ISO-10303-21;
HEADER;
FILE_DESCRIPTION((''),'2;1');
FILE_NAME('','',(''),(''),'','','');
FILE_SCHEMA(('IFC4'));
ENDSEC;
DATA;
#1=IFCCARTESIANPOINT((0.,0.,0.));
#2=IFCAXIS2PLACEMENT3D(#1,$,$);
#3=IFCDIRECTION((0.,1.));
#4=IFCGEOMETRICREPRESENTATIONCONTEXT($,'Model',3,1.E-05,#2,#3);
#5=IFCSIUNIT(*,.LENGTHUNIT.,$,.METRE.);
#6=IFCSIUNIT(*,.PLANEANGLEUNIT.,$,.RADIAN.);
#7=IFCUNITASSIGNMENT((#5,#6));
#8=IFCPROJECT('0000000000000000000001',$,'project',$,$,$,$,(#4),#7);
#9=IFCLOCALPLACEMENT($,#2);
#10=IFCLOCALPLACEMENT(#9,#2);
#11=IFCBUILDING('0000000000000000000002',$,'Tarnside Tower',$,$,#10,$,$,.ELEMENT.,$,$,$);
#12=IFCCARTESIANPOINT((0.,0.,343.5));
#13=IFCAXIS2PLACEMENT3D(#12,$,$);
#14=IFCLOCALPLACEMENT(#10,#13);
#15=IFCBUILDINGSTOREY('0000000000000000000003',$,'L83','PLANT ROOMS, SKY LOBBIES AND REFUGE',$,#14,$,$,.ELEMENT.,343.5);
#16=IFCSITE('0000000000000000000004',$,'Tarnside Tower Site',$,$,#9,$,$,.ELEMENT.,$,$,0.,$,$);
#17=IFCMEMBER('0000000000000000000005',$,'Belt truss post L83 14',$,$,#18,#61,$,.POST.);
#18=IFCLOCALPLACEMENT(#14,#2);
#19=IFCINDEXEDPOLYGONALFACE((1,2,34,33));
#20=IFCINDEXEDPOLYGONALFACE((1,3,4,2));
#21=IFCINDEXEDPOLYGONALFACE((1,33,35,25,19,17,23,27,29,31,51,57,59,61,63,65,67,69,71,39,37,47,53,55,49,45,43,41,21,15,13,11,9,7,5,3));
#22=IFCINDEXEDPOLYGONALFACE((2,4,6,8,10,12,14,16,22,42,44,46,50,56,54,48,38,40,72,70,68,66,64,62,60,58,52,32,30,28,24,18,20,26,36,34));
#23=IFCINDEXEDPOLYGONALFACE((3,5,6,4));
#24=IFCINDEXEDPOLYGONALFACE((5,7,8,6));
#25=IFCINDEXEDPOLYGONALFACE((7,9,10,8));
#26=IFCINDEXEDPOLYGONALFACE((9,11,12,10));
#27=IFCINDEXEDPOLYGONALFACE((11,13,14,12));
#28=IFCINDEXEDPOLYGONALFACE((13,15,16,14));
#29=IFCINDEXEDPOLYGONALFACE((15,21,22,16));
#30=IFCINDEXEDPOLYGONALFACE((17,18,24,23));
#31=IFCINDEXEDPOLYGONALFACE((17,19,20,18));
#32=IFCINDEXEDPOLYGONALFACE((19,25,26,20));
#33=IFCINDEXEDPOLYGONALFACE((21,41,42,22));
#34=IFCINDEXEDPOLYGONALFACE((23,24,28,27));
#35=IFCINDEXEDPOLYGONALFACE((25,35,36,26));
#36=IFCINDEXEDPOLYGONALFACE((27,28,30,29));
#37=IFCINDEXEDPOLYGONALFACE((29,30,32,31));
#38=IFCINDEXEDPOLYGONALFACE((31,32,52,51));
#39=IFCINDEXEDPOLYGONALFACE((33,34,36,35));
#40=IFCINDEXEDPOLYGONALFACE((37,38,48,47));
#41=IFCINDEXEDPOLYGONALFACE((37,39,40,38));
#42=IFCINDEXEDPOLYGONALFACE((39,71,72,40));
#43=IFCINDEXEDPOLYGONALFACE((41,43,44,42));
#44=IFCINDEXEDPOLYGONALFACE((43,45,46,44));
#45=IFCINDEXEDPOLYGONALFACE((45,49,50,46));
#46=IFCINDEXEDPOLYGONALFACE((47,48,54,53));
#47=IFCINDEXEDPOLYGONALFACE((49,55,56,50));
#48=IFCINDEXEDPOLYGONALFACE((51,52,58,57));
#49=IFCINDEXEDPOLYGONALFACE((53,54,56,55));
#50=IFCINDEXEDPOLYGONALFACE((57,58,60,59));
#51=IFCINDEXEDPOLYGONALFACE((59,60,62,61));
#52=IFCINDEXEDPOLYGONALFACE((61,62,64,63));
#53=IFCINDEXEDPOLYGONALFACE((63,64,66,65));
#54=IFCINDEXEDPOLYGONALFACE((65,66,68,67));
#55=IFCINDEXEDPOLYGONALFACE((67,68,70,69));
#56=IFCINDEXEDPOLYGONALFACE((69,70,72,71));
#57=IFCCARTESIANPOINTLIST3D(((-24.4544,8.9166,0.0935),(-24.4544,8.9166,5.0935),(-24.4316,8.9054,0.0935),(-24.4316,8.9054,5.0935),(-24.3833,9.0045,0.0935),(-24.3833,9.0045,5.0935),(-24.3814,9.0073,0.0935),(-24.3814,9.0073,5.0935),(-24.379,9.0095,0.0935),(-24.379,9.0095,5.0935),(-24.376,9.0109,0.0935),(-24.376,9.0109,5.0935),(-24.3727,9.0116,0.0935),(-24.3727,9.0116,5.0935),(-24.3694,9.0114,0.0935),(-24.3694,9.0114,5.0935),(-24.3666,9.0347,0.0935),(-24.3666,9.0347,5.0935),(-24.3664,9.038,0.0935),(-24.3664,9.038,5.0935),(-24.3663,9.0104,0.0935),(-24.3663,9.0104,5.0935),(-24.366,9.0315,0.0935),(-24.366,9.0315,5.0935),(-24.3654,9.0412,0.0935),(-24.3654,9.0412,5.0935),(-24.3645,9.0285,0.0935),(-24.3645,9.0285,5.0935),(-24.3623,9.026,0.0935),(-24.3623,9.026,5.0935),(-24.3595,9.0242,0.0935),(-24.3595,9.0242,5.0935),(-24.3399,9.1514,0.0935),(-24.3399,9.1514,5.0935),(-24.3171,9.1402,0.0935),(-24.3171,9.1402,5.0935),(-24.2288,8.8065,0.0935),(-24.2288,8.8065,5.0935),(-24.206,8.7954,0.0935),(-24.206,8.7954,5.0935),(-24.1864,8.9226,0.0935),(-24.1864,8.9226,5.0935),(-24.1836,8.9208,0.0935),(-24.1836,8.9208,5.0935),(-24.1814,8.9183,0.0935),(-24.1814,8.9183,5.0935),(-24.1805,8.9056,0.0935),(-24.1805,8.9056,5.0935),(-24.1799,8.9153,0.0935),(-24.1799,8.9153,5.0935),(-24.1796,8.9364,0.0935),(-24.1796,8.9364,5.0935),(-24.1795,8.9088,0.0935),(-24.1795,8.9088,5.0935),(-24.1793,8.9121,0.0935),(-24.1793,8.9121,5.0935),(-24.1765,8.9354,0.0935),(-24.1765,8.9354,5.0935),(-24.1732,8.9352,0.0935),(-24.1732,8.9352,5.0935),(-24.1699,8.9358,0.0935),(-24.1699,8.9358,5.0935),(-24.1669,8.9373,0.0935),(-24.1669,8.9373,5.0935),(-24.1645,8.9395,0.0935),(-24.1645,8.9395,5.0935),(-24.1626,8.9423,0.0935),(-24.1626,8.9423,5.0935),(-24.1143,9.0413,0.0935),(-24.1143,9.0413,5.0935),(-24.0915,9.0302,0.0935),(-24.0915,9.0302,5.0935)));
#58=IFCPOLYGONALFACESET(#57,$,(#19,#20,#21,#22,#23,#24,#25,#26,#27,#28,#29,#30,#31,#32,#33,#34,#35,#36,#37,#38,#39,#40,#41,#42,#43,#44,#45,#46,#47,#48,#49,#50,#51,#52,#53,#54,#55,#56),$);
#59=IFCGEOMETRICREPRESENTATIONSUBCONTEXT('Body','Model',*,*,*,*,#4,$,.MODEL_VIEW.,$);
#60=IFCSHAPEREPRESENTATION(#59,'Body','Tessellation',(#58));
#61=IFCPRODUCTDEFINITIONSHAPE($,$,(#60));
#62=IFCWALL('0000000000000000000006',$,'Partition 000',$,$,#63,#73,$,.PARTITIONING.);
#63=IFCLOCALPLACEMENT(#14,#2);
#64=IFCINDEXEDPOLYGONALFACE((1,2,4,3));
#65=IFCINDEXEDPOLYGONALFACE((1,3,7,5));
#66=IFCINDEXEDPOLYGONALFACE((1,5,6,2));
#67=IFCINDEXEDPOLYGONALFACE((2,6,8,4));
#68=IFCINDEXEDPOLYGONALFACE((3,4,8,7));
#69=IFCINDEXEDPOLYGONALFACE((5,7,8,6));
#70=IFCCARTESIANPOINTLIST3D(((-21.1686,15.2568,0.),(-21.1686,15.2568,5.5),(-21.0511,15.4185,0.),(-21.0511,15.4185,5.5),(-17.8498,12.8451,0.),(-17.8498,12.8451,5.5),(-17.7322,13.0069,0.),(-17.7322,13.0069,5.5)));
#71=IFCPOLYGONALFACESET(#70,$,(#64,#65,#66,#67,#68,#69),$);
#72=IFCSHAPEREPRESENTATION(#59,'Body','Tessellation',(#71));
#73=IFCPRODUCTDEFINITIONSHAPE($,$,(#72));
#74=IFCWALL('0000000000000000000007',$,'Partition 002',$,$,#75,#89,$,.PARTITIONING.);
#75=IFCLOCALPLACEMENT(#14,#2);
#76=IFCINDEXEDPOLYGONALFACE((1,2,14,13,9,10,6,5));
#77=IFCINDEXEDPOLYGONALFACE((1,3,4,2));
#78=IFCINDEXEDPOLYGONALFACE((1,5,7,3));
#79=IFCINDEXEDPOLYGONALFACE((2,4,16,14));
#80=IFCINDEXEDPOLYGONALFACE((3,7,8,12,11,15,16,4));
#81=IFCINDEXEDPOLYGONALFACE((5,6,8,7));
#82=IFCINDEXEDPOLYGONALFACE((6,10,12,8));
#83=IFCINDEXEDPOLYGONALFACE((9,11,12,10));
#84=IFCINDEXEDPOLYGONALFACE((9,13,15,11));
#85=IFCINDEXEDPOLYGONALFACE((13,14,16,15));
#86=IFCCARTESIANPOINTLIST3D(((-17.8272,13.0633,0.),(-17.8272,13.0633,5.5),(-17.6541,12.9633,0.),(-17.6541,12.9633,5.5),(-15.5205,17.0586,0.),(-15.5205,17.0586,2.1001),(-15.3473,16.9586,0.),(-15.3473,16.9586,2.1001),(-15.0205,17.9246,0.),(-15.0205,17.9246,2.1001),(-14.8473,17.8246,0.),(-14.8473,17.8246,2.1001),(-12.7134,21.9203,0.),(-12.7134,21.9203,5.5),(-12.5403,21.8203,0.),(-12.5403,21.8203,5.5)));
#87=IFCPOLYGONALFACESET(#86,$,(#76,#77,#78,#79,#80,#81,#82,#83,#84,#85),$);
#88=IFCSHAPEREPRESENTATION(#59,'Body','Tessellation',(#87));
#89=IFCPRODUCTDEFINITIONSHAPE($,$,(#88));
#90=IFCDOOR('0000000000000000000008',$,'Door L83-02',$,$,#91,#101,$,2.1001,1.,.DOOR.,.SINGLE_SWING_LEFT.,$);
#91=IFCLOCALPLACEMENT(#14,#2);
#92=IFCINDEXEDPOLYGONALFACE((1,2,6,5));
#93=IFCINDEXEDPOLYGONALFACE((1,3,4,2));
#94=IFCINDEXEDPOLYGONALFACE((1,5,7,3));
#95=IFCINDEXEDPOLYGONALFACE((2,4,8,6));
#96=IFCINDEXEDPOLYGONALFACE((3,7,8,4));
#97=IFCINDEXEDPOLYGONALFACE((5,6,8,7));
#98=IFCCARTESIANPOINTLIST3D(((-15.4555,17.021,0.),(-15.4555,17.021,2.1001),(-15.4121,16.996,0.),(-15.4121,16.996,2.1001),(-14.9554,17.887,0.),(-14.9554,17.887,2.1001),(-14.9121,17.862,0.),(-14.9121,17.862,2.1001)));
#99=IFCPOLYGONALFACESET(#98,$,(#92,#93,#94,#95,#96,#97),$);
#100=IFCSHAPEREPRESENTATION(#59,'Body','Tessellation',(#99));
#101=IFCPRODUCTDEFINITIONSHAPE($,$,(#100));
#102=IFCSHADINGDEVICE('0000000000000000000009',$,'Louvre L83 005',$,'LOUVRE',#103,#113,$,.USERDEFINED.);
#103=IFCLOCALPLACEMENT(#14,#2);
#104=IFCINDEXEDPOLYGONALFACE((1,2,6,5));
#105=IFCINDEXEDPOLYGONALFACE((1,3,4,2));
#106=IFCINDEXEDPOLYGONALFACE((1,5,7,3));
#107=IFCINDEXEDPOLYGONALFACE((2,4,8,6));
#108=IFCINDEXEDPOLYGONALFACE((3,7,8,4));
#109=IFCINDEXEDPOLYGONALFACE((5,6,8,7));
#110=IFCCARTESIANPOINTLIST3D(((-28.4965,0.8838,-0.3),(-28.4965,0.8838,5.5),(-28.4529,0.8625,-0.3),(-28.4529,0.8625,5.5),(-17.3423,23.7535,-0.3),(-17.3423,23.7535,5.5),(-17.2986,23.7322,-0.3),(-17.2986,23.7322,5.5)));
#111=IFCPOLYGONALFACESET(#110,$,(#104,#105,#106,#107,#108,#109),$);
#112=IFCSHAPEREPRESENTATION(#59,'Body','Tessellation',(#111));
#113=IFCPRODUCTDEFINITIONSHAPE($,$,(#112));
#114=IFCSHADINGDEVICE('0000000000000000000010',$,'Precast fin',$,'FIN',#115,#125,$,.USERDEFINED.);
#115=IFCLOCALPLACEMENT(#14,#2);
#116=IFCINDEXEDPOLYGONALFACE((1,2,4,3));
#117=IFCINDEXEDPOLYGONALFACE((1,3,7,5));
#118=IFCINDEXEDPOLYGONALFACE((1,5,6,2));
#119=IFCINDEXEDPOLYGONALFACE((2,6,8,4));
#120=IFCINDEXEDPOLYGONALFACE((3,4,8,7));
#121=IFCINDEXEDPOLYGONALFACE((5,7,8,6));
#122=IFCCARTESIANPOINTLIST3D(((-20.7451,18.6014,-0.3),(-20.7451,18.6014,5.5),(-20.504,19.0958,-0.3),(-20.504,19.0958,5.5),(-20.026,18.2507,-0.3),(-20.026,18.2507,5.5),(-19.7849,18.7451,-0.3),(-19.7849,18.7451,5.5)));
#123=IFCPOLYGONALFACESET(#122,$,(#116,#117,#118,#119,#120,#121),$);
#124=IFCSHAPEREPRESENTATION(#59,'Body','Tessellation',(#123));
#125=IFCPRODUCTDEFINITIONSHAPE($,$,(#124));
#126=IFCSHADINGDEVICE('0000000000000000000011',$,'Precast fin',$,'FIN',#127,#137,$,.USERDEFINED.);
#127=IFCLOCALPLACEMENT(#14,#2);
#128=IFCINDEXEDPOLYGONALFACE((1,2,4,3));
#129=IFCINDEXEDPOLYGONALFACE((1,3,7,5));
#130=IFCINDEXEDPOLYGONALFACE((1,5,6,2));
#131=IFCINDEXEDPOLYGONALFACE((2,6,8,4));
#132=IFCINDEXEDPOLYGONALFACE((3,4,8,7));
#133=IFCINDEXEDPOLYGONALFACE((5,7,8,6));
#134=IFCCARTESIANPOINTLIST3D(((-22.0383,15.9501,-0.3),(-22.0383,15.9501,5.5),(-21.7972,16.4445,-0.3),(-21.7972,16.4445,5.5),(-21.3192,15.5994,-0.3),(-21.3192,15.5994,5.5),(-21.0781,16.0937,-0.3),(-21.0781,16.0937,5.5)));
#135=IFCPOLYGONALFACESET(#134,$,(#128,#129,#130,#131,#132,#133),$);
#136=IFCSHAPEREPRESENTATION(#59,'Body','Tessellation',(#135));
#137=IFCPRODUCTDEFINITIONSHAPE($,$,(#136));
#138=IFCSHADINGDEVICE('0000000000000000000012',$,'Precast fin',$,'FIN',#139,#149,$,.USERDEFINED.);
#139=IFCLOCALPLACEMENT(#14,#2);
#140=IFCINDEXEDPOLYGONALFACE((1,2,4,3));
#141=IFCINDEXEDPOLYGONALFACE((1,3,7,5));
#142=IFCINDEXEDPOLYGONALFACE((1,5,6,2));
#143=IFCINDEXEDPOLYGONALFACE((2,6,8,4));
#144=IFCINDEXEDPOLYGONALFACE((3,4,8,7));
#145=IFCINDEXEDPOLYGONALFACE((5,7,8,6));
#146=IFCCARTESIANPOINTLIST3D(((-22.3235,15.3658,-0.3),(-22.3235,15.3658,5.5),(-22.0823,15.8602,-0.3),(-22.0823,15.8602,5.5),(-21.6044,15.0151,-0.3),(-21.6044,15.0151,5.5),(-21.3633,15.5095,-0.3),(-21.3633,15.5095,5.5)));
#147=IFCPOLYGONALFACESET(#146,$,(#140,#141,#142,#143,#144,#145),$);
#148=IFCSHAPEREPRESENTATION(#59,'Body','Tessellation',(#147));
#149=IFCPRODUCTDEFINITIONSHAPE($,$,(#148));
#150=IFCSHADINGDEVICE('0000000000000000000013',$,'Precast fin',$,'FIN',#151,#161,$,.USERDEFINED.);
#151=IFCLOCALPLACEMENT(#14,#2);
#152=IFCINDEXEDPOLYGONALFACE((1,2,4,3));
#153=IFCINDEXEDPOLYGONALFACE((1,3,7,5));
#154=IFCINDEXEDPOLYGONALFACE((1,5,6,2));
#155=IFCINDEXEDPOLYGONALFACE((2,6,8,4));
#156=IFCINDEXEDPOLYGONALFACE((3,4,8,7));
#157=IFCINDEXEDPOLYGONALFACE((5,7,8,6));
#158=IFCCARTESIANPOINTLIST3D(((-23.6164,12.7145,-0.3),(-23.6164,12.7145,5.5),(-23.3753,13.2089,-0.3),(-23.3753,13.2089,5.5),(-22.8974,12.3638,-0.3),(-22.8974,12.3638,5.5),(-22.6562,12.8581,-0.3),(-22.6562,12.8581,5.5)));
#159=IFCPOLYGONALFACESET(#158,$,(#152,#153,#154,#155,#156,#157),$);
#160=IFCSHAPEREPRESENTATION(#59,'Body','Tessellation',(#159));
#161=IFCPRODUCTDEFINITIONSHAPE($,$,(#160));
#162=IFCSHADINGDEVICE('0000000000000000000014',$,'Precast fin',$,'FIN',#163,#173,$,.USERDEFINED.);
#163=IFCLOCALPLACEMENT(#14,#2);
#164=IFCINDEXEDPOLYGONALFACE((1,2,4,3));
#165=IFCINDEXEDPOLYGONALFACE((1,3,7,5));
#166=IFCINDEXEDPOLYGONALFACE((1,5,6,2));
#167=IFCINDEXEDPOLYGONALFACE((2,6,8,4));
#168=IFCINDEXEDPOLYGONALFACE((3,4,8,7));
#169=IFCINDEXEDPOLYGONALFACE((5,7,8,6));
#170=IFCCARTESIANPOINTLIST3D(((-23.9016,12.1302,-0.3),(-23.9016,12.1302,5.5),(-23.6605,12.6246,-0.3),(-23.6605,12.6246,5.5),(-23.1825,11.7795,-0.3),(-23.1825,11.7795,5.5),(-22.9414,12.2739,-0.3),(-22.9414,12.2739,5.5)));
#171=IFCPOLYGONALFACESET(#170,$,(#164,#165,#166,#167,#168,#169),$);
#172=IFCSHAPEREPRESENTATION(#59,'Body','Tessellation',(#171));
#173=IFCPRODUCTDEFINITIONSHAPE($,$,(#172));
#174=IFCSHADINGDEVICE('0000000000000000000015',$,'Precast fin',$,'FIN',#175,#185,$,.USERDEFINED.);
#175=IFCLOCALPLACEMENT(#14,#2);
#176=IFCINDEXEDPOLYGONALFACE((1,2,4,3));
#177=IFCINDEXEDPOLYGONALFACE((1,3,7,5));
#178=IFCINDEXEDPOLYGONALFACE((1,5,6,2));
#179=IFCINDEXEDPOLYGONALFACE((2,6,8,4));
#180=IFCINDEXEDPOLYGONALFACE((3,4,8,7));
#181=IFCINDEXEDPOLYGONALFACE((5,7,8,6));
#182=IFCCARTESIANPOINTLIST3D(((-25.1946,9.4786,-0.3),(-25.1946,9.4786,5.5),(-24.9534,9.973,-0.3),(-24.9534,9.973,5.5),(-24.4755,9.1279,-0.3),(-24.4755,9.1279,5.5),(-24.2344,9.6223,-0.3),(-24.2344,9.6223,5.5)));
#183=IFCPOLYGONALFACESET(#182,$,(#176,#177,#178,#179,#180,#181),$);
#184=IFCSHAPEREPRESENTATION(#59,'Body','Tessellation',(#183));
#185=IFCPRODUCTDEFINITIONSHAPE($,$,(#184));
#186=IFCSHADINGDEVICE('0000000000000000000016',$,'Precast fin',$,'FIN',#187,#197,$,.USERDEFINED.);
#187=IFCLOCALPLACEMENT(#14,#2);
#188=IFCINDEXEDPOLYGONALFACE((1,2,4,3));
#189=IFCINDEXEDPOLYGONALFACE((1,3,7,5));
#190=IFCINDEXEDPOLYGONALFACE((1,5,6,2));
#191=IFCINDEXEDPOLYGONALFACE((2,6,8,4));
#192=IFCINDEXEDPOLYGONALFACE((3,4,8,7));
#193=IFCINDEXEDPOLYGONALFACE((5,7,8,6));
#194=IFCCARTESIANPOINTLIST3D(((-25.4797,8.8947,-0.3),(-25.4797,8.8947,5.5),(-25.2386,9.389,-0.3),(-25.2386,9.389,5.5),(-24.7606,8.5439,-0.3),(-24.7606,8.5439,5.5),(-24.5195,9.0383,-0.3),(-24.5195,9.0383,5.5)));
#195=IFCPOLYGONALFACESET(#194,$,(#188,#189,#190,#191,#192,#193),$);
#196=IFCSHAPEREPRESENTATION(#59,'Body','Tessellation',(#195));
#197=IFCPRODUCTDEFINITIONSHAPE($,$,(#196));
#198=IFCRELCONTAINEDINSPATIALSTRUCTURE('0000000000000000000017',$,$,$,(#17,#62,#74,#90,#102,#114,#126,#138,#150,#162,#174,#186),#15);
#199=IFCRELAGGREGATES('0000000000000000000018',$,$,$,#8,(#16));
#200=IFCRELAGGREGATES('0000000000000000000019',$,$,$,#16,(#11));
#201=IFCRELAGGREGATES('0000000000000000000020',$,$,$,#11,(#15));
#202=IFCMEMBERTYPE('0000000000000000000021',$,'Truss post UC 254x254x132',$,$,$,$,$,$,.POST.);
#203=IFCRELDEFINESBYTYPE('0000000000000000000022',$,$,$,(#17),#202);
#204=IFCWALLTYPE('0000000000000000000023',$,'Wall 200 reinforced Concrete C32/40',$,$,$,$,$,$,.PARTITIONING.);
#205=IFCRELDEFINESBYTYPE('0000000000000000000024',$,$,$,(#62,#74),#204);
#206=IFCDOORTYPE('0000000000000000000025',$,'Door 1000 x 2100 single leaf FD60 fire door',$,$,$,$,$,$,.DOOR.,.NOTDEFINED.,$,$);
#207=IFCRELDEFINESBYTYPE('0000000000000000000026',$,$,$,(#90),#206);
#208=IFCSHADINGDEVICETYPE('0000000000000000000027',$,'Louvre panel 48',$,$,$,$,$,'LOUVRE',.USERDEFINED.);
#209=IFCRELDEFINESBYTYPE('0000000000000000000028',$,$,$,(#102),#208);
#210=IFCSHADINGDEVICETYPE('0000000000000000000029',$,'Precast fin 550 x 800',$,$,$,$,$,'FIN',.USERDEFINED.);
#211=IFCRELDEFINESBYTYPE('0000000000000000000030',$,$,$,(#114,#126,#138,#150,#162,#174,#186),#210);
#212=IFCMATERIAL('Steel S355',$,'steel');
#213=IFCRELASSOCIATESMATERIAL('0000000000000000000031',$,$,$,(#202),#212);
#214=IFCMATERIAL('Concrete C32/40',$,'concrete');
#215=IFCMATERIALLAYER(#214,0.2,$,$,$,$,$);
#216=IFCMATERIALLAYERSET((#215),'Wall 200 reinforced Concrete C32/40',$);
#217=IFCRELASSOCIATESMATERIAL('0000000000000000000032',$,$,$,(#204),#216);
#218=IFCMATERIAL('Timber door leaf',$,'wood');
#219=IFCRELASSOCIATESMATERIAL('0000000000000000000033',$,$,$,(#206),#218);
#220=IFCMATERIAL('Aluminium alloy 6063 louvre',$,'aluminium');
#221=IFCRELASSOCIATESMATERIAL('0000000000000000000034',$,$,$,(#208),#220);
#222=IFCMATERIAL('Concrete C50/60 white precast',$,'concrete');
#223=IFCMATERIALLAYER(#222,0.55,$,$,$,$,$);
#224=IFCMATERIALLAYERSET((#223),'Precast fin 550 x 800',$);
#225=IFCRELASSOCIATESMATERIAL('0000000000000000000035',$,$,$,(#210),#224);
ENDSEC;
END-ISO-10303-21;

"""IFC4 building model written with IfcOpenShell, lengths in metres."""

from ifc_helpers import new_model, si_unit, direction, frame, frame_2d, origin, origin_2d, place, context, subcontext, project, spatial, polyline, rectangle, i_section, outline, extrude, material, layer, layer_set, material_profile, profile_set, type_object, element, fill, save


model = new_model("IFC4")

# Units and contexts
model_context = context("Model", 3, precision=1e-05, world=origin(), true_north=direction((0.0, 1.0)))
body_context = subcontext(model_context, "Body", "Model", "MODEL_VIEW")
ifc_project = project(units=[si_unit("LENGTHUNIT", "METRE"), si_unit("PLANEANGLEUNIT", "RADIAN")], contexts=[model_context])

# Site, building, storey
site_placement = place(None, origin())
site = spatial("IfcSite", under=ifc_project, at=site_placement, Name="Tarnside Tower Site", CompositionType="ELEMENT", RefElevation=0.0)
building_placement = place(site_placement, origin())
building = spatial("IfcBuilding", under=site, at=building_placement, Name="Tarnside Tower", CompositionType="ELEMENT")
storey_placement = place(building_placement, frame((0.0, 0.0, 343.5)))
storey = spatial("IfcBuildingStorey", under=building, at=storey_placement, Name="L83", Description="PLANT ROOMS, SKY LOBBIES AND REFUGE", CompositionType="ELEMENT", Elevation=343.5)

# Shared definitions
ifc_material_1 = material(Name="Steel S355", Category="steel")

# Member
ifc_material_profile_1 = material_profile(ifc_material_1, i_section(OverallWidth=0.2612, OverallDepth=0.2764, WebThickness=0.0154, FlangeThickness=0.0254, FilletRadius=0.0127, at=origin_2d()), Name="UC 254x254x132")
ifc_profile_set_1 = profile_set([ifc_material_profile_1], Name="Steel S355")
member_type_1 = type_object("IfcMemberType", Name="Truss post UC 254x254x132", PredefinedType="POST", material=ifc_profile_set_1)
for number, where, z_axis, x_axis, name in (
    (1, (-24.2729, 8.9734, 0.0935), (0.0, 0.0, 1.0), (-0.438371, -0.898794, 0.0), "Belt truss post L83 14"),
):
    element("IfcMember", number, at=place(storey_placement, frame(where, z_axis=z_axis, x_axis=x_axis)), inside=storey, type_object=member_type_1, Name=name, PredefinedType="POST", context=body_context, shape_type="SweptSolid", body=[
        extrude(i_section(OverallWidth=0.2612, OverallDepth=0.2764, WebThickness=0.0154, FlangeThickness=0.0254, FilletRadius=0.0127, at=origin_2d()), origin(), (0.0, 0.0, 1.0), 5.0),
    ])

# Wall
ifc_material_2 = material(Name="Concrete C32/40", Category="concrete")
ifc_layer_1 = layer(ifc_material_2, 0.2)
ifc_layer_set_1 = layer_set([ifc_layer_1], Name="Wall 200 reinforced Concrete C32/40")
wall_type = type_object("IfcWallType", Name="Wall 200 reinforced Concrete C32/40", PredefinedType="PARTITIONING", material=ifc_layer_set_1)
wall_1_placement = place(storey_placement, frame((-21.1099, 15.3376, 0.0), z_axis=(0.0, 0.0, 1.0), x_axis=(0.808978, -0.587839, 0.0)))
element("IfcWall", 2, at=wall_1_placement, inside=storey, type_object=wall_type, Name="Partition 000", PredefinedType="PARTITIONING", context=body_context, shape_type="SweptSolid", body=[
    extrude(rectangle(XDim=4.1025, YDim=0.2, at=frame_2d((2.0513, 0.0))), origin(), (0.0, 0.0, 1.0), 5.5),
])

# Wall, opening, door
wall_2_placement = place(storey_placement, frame((-17.7407, 13.0132, 0.0), z_axis=(0.0, 0.0, 1.0), x_axis=(0.500016, 0.866016, 0.0)))
wall_2 = element("IfcWall", 3, at=wall_2_placement, inside=storey, type_object=wall_type, Name="Partition 002", PredefinedType="PARTITIONING", context=body_context, shape_type="SweptSolid", body=[
    extrude(rectangle(XDim=10.2273, YDim=0.2, at=frame_2d((5.1138, 0.0))), origin(), (0.0, 0.0, 1.0), 5.5),
])
opening_placement = place(wall_2_placement, frame((4.6135, 0.0, 0.0)))
opening = element("IfcOpeningElement", 4, at=opening_placement, cuts=wall_2, PredefinedType="OPENING", context=body_context, shape_type="SweptSolid", body=[
    extrude(rectangle(XDim=1.0, YDim=2.1001, at=frame_2d((0.5, 1.05))), frame((0.0, 0.1099, 0.0), z_axis=(0.0, -1.0, 0.0), x_axis=(1.0, 0.0, 0.0)), (0.0, 0.0, 1.0), 0.22),
])
ifc_material_3 = material(Name="Timber door leaf", Category="wood")
door_type = type_object("IfcDoorType", Name="Door 1000 x 2100 single leaf FD60 fire door", OperationType="NOTDEFINED", PredefinedType="DOOR", material=ifc_material_3)
door_placement = place(opening_placement, origin())
door = element("IfcDoor", 5, at=door_placement, inside=storey, type_object=door_type, Name="Door L83-02", OperationType="SINGLE_SWING_LEFT", OverallHeight=2.1001, OverallWidth=1.0, PredefinedType="DOOR", context=body_context, shape_type="SweptSolid", body=[
    extrude(rectangle(XDim=1.0, YDim=2.1001, at=frame_2d((0.5, 1.05))), frame((0.0, 0.0249, 0.0), z_axis=(0.0, -1.0, 0.0), x_axis=(1.0, 0.0, 0.0)), (0.0, 0.0, 1.0), 0.05),
])
fill(opening, door)

# Shading devices
ifc_material_4 = material(Name="Aluminium alloy 6063 louvre", Category="aluminium")
shading_device_type_1 = type_object("IfcShadingDeviceType", Name="Louvre panel 48", ElementType="LOUVRE", PredefinedType="USERDEFINED", material=ifc_material_4)
shading_device_placement = place(storey_placement, frame((-22.8757, 12.2974, -0.3), z_axis=(0.43837, 0.898795, 0.0), x_axis=(-0.898795, 0.43837, 0.0)))
element("IfcShadingDevice", 6, at=shading_device_placement, inside=storey, type_object=shading_device_type_1, Name="Louvre L83 005", ObjectType="LOUVRE", PredefinedType="USERDEFINED", context=body_context, shape_type="SweptSolid", body=[
    extrude(outline(polyline([(0.0, 0.0), (0.0486, 0.0), (0.0486, 5.8), (0.0, 5.8), (0.0, 0.0)])), frame((0.0, 0.0, -12.7224)), (0.0, 0.0, 1.0), 25.4448),
])
ifc_material_5 = material(Name="Concrete C50/60 white precast", Category="concrete")
ifc_layer_2 = layer(ifc_material_5, 0.55)
ifc_layer_set_2 = layer_set([ifc_layer_2], Name="Precast fin 550 x 800")
shading_device_type_2 = type_object("IfcShadingDeviceType", Name="Precast fin 550 x 800", ElementType="FIN", PredefinedType="USERDEFINED", material=ifc_layer_set_2)
for number, where, z_axis, x_axis, name in (
    (7, (-19.9055, 18.4978, -0.3), (0.438371, 0.898794, 0.0), (-0.898794, 0.438371, 0.0), "Precast fin"),
    (8, (-21.1987, 15.8464, -0.3), (0.438371, 0.898794, 0.0), (-0.898794, 0.438371, 0.0), "Precast fin"),
    (9, (-21.4839, 15.2622, -0.3), (0.438371, 0.898794, 0.0), (-0.898794, 0.438371, 0.0), "Precast fin"),
    (10, (-22.7769, 12.6108, -0.3), (0.438371, 0.898794, 0.0), (-0.898794, 0.438371, 0.0), "Precast fin"),
    (11, (-23.062, 12.0266, -0.3), (0.438371, 0.898794, 0.0), (-0.898794, 0.438371, 0.0), "Precast fin"),
    (12, (-24.355, 9.375, -0.3), (0.438371, 0.898794, 0.0), (-0.898794, 0.438371, 0.0), "Precast fin"),
    (13, (-24.6401, 8.791, -0.3), (0.438371, 0.898794, 0.0), (-0.898794, 0.438371, 0.0), "Precast fin"),
):
    element("IfcShadingDevice", number, at=place(storey_placement, frame(where, z_axis=z_axis, x_axis=x_axis)), inside=storey, type_object=shading_device_type_2, Name=name, ObjectType="FIN", PredefinedType="USERDEFINED", context=body_context, shape_type="SweptSolid", body=[
        extrude(outline(polyline([(0.0, 0.0), (0.8, 0.0), (0.8, 5.8), (0.0, 5.8), (0.0, 0.0)])), frame((0.0, 0.0, -0.2749)), (0.0, 0.0, 1.0), 0.55),
    ])

save(model, "model.ifc")
